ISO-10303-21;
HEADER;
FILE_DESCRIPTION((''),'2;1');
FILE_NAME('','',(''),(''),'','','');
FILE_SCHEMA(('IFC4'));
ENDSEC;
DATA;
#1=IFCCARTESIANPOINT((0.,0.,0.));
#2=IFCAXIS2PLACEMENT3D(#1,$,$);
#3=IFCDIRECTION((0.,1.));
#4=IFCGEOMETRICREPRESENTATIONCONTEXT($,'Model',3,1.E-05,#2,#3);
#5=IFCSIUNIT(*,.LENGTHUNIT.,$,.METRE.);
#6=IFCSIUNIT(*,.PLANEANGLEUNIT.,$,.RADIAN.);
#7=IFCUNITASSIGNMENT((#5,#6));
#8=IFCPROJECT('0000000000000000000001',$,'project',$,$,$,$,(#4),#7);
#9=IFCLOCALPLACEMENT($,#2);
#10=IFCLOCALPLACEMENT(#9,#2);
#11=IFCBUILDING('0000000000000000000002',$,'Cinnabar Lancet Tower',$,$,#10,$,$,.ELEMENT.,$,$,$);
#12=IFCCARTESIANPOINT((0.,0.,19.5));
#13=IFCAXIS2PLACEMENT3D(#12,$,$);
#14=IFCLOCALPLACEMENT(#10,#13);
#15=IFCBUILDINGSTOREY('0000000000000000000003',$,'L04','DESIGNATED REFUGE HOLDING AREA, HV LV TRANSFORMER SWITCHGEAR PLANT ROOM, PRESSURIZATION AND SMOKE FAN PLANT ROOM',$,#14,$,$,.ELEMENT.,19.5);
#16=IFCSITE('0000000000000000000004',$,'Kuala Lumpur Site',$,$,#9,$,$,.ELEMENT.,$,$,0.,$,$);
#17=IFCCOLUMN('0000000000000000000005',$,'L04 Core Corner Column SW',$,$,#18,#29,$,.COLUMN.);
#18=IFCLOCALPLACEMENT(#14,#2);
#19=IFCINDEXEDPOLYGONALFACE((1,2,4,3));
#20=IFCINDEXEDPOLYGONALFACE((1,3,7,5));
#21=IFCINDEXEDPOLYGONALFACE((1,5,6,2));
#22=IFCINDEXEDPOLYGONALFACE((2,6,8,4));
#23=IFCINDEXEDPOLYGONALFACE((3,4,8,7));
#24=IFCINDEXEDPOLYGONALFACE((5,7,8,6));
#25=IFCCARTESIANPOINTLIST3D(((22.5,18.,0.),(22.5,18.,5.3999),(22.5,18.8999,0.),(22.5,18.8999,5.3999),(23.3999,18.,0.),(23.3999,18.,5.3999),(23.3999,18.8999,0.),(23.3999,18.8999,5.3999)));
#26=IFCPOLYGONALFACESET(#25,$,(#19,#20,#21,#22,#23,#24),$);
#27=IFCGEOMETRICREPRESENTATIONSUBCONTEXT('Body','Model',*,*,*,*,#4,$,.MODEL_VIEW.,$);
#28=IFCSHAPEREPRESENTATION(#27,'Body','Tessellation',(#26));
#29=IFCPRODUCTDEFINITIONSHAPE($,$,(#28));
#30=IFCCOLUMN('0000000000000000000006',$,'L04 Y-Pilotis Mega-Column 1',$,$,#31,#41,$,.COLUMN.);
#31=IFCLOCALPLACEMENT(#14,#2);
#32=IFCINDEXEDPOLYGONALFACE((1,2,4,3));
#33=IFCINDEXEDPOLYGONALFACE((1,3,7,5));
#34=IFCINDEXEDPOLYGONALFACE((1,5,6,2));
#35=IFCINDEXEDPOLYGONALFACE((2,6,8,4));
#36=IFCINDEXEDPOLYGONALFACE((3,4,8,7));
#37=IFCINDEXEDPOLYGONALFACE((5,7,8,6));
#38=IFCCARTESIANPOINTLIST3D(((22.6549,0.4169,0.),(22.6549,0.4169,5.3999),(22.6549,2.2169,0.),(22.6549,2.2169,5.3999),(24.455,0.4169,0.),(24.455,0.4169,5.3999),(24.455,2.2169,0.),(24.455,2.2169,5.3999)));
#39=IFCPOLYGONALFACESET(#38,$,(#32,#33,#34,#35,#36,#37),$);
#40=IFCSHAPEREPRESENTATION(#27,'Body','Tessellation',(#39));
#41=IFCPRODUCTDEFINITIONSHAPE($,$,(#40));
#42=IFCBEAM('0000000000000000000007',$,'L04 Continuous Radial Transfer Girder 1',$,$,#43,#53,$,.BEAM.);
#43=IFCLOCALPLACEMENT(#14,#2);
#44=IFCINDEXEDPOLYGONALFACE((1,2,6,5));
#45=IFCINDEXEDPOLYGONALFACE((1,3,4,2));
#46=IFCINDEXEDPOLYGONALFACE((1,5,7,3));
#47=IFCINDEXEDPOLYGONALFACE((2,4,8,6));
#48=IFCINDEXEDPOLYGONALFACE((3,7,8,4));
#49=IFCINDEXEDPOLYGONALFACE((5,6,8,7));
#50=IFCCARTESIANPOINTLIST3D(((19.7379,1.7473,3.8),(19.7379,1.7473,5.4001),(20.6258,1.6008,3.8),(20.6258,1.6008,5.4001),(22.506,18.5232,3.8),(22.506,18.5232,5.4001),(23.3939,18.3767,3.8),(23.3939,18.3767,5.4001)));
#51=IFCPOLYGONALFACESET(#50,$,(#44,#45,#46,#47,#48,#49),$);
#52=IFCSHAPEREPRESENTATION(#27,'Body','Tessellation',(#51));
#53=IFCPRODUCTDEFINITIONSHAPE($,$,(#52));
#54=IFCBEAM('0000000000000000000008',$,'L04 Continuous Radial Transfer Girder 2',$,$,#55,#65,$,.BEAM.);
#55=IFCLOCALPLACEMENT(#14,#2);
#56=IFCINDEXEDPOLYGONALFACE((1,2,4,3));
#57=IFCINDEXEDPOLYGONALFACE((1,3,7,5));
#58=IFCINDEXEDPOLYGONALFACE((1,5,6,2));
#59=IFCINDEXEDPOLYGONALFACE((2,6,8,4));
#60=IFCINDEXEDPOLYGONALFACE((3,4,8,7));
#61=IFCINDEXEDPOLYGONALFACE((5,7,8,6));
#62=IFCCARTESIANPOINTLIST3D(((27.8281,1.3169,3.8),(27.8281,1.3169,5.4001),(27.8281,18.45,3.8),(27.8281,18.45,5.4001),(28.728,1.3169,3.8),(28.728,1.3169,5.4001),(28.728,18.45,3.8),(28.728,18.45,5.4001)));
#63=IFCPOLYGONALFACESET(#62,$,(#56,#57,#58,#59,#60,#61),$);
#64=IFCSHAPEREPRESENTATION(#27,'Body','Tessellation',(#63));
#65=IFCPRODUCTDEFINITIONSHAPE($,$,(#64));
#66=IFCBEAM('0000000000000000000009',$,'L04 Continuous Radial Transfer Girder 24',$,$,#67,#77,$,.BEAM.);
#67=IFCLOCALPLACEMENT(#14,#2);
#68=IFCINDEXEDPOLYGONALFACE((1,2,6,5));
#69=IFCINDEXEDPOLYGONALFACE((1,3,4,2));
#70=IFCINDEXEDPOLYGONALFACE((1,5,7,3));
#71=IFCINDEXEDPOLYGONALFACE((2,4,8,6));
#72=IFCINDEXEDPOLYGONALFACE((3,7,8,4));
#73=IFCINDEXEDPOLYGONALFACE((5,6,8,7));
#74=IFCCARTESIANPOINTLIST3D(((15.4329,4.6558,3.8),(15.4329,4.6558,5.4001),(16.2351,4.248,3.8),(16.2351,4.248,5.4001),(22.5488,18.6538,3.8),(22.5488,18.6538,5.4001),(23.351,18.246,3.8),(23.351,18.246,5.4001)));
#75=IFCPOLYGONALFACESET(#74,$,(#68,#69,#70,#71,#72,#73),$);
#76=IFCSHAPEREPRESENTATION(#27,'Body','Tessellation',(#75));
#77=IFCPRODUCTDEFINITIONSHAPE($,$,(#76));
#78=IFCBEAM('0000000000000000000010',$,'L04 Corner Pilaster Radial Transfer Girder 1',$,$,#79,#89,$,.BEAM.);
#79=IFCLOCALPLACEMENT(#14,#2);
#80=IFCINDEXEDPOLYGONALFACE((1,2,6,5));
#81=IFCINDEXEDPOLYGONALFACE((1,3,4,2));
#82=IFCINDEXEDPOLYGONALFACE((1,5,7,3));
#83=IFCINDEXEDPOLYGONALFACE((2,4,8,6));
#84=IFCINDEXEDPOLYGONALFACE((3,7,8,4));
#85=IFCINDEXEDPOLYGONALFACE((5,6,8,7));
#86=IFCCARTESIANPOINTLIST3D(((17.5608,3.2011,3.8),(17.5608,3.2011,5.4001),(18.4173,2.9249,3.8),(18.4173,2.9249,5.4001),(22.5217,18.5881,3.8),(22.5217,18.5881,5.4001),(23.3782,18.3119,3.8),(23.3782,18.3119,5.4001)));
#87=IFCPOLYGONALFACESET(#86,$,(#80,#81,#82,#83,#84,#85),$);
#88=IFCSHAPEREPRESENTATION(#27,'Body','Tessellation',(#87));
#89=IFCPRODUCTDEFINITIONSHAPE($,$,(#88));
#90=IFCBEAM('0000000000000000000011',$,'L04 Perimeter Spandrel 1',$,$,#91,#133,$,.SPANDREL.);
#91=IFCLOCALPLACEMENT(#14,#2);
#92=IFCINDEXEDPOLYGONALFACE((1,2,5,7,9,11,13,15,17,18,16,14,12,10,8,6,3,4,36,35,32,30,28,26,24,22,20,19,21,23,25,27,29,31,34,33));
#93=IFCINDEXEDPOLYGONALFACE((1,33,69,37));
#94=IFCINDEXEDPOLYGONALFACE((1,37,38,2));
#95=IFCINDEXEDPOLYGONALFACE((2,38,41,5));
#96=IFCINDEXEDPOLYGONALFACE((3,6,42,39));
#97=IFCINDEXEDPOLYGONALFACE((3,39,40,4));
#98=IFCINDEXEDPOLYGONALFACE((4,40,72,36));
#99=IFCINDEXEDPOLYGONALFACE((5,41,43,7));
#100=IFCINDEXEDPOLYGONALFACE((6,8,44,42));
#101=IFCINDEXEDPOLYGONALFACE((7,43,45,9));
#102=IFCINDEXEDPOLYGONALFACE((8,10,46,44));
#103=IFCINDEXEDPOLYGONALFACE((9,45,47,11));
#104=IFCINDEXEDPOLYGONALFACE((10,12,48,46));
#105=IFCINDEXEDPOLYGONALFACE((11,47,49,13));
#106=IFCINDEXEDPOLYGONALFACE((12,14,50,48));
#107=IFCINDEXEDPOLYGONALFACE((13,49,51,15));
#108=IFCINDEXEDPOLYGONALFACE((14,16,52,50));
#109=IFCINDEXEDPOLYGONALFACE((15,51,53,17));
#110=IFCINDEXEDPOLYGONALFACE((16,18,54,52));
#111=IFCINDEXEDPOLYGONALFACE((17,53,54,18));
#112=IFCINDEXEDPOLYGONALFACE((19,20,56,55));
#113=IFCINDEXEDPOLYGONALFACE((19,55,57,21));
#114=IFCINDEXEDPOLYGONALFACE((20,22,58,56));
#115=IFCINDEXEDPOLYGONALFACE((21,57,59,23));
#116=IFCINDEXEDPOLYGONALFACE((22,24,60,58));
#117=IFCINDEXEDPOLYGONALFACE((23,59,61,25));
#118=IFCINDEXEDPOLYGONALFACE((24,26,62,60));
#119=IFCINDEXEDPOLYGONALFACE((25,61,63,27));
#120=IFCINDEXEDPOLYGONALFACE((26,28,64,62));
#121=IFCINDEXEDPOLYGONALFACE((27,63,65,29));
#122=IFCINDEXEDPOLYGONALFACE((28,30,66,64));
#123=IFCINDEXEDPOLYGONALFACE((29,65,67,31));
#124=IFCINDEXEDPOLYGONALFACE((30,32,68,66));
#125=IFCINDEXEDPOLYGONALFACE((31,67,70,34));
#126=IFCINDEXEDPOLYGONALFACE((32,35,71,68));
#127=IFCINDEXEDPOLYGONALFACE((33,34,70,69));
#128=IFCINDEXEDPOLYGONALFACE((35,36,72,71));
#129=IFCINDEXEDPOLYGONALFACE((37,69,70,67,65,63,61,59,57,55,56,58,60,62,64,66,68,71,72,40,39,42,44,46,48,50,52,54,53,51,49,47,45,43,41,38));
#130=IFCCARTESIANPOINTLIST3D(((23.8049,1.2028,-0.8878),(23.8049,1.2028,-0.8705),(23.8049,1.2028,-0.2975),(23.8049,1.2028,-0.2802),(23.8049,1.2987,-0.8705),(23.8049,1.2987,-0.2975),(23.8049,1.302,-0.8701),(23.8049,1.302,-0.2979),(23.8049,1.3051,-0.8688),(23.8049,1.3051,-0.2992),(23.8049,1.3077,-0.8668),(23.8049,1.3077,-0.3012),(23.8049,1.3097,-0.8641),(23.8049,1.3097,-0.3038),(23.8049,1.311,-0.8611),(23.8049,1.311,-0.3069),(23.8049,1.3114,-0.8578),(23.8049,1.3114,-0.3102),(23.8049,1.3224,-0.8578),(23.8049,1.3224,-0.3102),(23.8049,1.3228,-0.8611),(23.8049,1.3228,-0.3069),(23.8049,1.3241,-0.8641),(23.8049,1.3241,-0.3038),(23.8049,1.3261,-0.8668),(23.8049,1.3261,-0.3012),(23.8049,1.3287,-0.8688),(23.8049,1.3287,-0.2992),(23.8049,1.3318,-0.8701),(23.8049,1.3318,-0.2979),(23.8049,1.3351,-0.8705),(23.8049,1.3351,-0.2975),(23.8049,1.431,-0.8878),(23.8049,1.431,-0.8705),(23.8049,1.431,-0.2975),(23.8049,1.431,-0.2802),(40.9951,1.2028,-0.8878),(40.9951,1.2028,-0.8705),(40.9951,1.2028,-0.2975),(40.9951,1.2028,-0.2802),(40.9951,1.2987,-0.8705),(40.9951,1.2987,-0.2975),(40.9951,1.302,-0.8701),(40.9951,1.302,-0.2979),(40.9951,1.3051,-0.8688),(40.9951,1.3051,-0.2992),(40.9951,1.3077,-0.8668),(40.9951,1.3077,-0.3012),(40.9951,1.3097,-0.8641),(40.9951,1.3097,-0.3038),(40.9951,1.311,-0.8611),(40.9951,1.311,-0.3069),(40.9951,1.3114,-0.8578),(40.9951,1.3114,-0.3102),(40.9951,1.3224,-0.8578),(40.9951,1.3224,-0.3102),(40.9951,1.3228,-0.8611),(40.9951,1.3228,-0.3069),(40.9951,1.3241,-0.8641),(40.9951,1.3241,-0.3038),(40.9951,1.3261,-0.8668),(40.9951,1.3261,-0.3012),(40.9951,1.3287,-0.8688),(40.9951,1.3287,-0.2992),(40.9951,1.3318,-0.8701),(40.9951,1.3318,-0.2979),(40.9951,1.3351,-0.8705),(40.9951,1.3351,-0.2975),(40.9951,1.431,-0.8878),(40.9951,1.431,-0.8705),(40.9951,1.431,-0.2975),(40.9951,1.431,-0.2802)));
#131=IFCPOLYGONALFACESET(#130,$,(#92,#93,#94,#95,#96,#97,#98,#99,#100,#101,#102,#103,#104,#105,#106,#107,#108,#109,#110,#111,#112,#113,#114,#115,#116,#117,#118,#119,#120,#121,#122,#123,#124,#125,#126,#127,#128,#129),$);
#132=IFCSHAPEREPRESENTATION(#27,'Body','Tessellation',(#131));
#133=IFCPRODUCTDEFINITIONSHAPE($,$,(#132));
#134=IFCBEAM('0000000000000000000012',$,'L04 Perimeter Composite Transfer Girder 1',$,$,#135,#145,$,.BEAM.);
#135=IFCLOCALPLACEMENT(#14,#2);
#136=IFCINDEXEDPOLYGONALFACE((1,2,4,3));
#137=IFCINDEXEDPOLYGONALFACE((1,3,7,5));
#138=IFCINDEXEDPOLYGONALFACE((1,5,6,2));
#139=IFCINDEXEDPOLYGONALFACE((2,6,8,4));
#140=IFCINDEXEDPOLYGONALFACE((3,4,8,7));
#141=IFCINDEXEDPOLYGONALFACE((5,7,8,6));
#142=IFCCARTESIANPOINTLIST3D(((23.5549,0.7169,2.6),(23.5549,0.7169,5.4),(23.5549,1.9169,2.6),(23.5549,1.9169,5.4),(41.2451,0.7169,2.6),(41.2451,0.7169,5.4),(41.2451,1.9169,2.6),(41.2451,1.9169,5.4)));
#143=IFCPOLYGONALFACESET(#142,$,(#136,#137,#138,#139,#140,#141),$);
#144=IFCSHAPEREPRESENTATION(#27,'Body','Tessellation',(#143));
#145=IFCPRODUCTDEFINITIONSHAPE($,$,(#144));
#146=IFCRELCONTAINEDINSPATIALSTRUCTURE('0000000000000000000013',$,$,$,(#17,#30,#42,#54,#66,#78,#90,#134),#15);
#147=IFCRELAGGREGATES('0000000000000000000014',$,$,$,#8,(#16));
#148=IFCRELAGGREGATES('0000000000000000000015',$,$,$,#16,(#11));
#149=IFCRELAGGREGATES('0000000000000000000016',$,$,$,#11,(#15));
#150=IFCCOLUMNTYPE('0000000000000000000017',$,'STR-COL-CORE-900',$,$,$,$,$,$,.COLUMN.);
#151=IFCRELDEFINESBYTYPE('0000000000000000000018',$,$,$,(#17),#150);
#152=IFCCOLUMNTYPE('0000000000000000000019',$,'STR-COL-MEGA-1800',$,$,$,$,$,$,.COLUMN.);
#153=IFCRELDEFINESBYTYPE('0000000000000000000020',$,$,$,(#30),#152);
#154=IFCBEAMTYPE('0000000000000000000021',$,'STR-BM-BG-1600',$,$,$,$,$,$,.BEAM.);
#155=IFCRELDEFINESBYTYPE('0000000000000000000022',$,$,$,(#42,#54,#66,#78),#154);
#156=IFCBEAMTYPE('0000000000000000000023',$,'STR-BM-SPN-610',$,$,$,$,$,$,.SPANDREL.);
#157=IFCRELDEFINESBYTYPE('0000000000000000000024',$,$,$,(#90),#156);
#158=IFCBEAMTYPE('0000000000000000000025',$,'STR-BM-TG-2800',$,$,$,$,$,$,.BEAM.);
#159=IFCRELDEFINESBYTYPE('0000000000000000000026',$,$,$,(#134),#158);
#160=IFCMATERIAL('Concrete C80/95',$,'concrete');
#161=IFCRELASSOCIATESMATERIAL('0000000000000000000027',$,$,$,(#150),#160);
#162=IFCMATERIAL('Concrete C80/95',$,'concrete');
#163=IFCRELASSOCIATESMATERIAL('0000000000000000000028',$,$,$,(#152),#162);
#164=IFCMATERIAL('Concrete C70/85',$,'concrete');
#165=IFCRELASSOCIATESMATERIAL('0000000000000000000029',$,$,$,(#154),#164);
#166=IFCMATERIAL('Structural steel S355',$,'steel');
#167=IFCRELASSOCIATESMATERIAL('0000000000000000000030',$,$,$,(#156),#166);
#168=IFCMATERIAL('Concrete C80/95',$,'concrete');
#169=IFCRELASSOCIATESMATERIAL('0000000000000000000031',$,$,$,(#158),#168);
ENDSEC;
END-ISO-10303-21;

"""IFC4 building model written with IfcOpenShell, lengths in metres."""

from ifc_helpers import new_model, si_unit, direction, frame, origin, origin_2d, place, context, subcontext, project, spatial, rectangle, i_section, extrude, material, material_profile, profile_set, type_object, element, save


model = new_model("IFC4")

# Units and contexts
model_context = context("Model", 3, precision=1e-05, world=origin(), true_north=direction((0.0, 1.0)))
body_context = subcontext(model_context, "Body", "Model", "MODEL_VIEW")
ifc_project = project(units=[si_unit("LENGTHUNIT", "METRE"), si_unit("PLANEANGLEUNIT", "RADIAN")], contexts=[model_context])

# Site, building, storey
site_placement = place(None, origin())
site = spatial("IfcSite", under=ifc_project, at=site_placement, Name="Kuala Lumpur Site", CompositionType="ELEMENT", RefElevation=0.0)
building_placement = place(site_placement, origin())
building = spatial("IfcBuilding", under=site, at=building_placement, Name="Cinnabar Lancet Tower", CompositionType="ELEMENT")
storey_placement = place(building_placement, frame((0.0, 0.0, 19.5)))
storey = spatial("IfcBuildingStorey", under=building, at=storey_placement, Name="L04", Description="DESIGNATED REFUGE HOLDING AREA, HV LV TRANSFORMER SWITCHGEAR PLANT ROOM, PRESSURIZATION AND SMOKE FAN PLANT ROOM", CompositionType="ELEMENT", Elevation=19.5)

# Columns
ifc_material_1 = material(Name="Concrete C80/95", Category="concrete")
ifc_material_profile_1 = material_profile(ifc_material_1, rectangle(XDim=0.8999, YDim=0.8999, at=origin_2d()), Name="RC-COL 900x900")
ifc_profile_set_1 = profile_set([ifc_material_profile_1], Name="Concrete C80/95")
column_type_1 = type_object("IfcColumnType", Name="STR-COL-CORE-900", PredefinedType="COLUMN", material=ifc_profile_set_1)
column_1_placement = place(storey_placement, frame((22.95, 18.45, 0.0), z_axis=(0.0, 0.0, 1.0), x_axis=(1.0, 0.0, 0.0)))
element("IfcColumn", 1, at=column_1_placement, inside=storey, type_object=column_type_1, Name="L04 Core Corner Column SW", PredefinedType="COLUMN", context=body_context, shape_type="SweptSolid", body=[
    extrude(rectangle(XDim=0.8999, YDim=0.8999, at=origin_2d()), origin(), (0.0, 0.0, 1.0), 5.3999),
])
ifc_material_2 = material(Name="Concrete C80/95", Category="concrete")
ifc_material_profile_2 = material_profile(ifc_material_2, rectangle(XDim=1.8, YDim=1.8, at=origin_2d()), Name="RC-MEGA 1800x1800")
ifc_profile_set_2 = profile_set([ifc_material_profile_2], Name="Concrete C80/95")
column_type_2 = type_object("IfcColumnType", Name="STR-COL-MEGA-1800", PredefinedType="COLUMN", material=ifc_profile_set_2)
column_2_placement = place(storey_placement, frame((23.5549, 1.3169, 0.0), z_axis=(0.0, 0.0, 1.0), x_axis=(1.0, 0.0, 0.0)))
element("IfcColumn", 2, at=column_2_placement, inside=storey, type_object=column_type_2, Name="L04 Y-Pilotis Mega-Column 1", PredefinedType="COLUMN", context=body_context, shape_type="SweptSolid", body=[
    extrude(rectangle(XDim=1.8, YDim=1.8, at=origin_2d()), origin(), (0.0, 0.0, 1.0), 5.3999),
])

# Beams
ifc_material_3 = material(Name="Concrete C70/85", Category="concrete")
ifc_material_profile_3 = material_profile(ifc_material_3, rectangle(XDim=0.8999, YDim=1.6001, at=origin_2d()), Name="RC-BG 900x1600")
ifc_profile_set_3 = profile_set([ifc_material_profile_3], Name="Concrete C70/85")
beam_type_1 = type_object("IfcBeamType", Name="STR-BM-BG-1600", PredefinedType="BEAM", material=ifc_profile_set_3)
beam_1_placement = place(storey_placement, frame((20.1819, 1.6741, 4.6001), z_axis=(0.162801, 0.986659, 0.0), x_axis=(-0.986659, 0.162801, 0.0)))
element("IfcBeam", 3, at=beam_1_placement, inside=storey, type_object=beam_type_1, Name="L04 Continuous Radial Transfer Girder 1", PredefinedType="BEAM", context=body_context, shape_type="SweptSolid", body=[
    extrude(rectangle(XDim=0.8999, YDim=1.6001, at=origin_2d()), origin(), (0.0, 0.0, 1.0), 17.0027),
])
beam_2_placement = place(storey_placement, frame((28.2781, 1.3169, 4.6001), z_axis=(0.0, 1.0, 0.0), x_axis=(-1.0, 0.0, 0.0)))
element("IfcBeam", 4, at=beam_2_placement, inside=storey, type_object=beam_type_1, Name="L04 Continuous Radial Transfer Girder 2", PredefinedType="BEAM", context=body_context, shape_type="SweptSolid", body=[
    extrude(rectangle(XDim=0.8999, YDim=1.6001, at=origin_2d()), origin(), (0.0, 0.0, 1.0), 17.1331),
])
beam_3_placement = place(storey_placement, frame((15.834, 4.4519, 4.6001), z_axis=(0.453161, 0.891428, 0.0), x_axis=(-0.891428, 0.453161, 0.0)))
element("IfcBeam", 5, at=beam_3_placement, inside=storey, type_object=beam_type_1, Name="L04 Continuous Radial Transfer Girder 24", PredefinedType="BEAM", context=body_context, shape_type="SweptSolid", body=[
    extrude(rectangle(XDim=0.8999, YDim=1.6001, at=origin_2d()), origin(), (0.0, 0.0, 1.0), 15.7029),
])
beam_4_placement = place(storey_placement, frame((17.989, 3.063, 4.6001), z_axis=(0.306857, 0.951756, 0.0), x_axis=(-0.951756, 0.306857, 0.0)))
element("IfcBeam", 6, at=beam_4_placement, inside=storey, type_object=beam_type_1, Name="L04 Corner Pilaster Radial Transfer Girder 1", PredefinedType="BEAM", context=body_context, shape_type="SweptSolid", body=[
    extrude(rectangle(XDim=0.8999, YDim=1.6001, at=origin_2d()), origin(), (0.0, 0.0, 1.0), 16.167),
])
ifc_material_4 = material(Name="Structural steel S355", Category="steel")
ifc_material_profile_4 = material_profile(ifc_material_4, i_section(OverallWidth=0.2283, OverallDepth=0.6077, WebThickness=0.011, FlangeThickness=0.0173, FilletRadius=0.0127, at=origin_2d()), Name="UKB 610x229x113")
ifc_profile_set_4 = profile_set([ifc_material_profile_4], Name="Structural steel S355")
beam_type_2 = type_object("IfcBeamType", Name="STR-BM-SPN-610", PredefinedType="SPANDREL", material=ifc_profile_set_4)
beam_5_placement = place(storey_placement, frame((23.8049, 1.3169, -0.584), z_axis=(1.0, 0.0, 0.0), x_axis=(0.0, 1.0, 0.0)))
element("IfcBeam", 7, at=beam_5_placement, inside=storey, type_object=beam_type_2, Name="L04 Perimeter Spandrel 1", PredefinedType="SPANDREL", context=body_context, shape_type="SweptSolid", body=[
    extrude(i_section(OverallWidth=0.2283, OverallDepth=0.6077, WebThickness=0.011, FlangeThickness=0.0173, FilletRadius=0.0127, at=origin_2d()), origin(), (0.0, 0.0, 1.0), 17.1902),
])
ifc_material_5 = material(Name="Concrete C80/95", Category="concrete")
ifc_material_profile_5 = material_profile(ifc_material_5, rectangle(XDim=1.2, YDim=2.8, at=origin_2d()), Name="RC-TG 1200x2800")
ifc_profile_set_5 = profile_set([ifc_material_profile_5], Name="Concrete C80/95")
beam_type_3 = type_object("IfcBeamType", Name="STR-BM-TG-2800", PredefinedType="BEAM", material=ifc_profile_set_5)
beam_6_placement = place(storey_placement, frame((23.5549, 1.3169, 4.0), z_axis=(1.0, 0.0, 0.0), x_axis=(0.0, 1.0, 0.0)))
element("IfcBeam", 8, at=beam_6_placement, inside=storey, type_object=beam_type_3, Name="L04 Perimeter Composite Transfer Girder 1", PredefinedType="BEAM", context=body_context, shape_type="SweptSolid", body=[
    extrude(rectangle(XDim=1.2, YDim=2.8, at=origin_2d()), origin(), (0.0, 0.0, 1.0), 17.6902),
])

save(model, "model.ifc")
